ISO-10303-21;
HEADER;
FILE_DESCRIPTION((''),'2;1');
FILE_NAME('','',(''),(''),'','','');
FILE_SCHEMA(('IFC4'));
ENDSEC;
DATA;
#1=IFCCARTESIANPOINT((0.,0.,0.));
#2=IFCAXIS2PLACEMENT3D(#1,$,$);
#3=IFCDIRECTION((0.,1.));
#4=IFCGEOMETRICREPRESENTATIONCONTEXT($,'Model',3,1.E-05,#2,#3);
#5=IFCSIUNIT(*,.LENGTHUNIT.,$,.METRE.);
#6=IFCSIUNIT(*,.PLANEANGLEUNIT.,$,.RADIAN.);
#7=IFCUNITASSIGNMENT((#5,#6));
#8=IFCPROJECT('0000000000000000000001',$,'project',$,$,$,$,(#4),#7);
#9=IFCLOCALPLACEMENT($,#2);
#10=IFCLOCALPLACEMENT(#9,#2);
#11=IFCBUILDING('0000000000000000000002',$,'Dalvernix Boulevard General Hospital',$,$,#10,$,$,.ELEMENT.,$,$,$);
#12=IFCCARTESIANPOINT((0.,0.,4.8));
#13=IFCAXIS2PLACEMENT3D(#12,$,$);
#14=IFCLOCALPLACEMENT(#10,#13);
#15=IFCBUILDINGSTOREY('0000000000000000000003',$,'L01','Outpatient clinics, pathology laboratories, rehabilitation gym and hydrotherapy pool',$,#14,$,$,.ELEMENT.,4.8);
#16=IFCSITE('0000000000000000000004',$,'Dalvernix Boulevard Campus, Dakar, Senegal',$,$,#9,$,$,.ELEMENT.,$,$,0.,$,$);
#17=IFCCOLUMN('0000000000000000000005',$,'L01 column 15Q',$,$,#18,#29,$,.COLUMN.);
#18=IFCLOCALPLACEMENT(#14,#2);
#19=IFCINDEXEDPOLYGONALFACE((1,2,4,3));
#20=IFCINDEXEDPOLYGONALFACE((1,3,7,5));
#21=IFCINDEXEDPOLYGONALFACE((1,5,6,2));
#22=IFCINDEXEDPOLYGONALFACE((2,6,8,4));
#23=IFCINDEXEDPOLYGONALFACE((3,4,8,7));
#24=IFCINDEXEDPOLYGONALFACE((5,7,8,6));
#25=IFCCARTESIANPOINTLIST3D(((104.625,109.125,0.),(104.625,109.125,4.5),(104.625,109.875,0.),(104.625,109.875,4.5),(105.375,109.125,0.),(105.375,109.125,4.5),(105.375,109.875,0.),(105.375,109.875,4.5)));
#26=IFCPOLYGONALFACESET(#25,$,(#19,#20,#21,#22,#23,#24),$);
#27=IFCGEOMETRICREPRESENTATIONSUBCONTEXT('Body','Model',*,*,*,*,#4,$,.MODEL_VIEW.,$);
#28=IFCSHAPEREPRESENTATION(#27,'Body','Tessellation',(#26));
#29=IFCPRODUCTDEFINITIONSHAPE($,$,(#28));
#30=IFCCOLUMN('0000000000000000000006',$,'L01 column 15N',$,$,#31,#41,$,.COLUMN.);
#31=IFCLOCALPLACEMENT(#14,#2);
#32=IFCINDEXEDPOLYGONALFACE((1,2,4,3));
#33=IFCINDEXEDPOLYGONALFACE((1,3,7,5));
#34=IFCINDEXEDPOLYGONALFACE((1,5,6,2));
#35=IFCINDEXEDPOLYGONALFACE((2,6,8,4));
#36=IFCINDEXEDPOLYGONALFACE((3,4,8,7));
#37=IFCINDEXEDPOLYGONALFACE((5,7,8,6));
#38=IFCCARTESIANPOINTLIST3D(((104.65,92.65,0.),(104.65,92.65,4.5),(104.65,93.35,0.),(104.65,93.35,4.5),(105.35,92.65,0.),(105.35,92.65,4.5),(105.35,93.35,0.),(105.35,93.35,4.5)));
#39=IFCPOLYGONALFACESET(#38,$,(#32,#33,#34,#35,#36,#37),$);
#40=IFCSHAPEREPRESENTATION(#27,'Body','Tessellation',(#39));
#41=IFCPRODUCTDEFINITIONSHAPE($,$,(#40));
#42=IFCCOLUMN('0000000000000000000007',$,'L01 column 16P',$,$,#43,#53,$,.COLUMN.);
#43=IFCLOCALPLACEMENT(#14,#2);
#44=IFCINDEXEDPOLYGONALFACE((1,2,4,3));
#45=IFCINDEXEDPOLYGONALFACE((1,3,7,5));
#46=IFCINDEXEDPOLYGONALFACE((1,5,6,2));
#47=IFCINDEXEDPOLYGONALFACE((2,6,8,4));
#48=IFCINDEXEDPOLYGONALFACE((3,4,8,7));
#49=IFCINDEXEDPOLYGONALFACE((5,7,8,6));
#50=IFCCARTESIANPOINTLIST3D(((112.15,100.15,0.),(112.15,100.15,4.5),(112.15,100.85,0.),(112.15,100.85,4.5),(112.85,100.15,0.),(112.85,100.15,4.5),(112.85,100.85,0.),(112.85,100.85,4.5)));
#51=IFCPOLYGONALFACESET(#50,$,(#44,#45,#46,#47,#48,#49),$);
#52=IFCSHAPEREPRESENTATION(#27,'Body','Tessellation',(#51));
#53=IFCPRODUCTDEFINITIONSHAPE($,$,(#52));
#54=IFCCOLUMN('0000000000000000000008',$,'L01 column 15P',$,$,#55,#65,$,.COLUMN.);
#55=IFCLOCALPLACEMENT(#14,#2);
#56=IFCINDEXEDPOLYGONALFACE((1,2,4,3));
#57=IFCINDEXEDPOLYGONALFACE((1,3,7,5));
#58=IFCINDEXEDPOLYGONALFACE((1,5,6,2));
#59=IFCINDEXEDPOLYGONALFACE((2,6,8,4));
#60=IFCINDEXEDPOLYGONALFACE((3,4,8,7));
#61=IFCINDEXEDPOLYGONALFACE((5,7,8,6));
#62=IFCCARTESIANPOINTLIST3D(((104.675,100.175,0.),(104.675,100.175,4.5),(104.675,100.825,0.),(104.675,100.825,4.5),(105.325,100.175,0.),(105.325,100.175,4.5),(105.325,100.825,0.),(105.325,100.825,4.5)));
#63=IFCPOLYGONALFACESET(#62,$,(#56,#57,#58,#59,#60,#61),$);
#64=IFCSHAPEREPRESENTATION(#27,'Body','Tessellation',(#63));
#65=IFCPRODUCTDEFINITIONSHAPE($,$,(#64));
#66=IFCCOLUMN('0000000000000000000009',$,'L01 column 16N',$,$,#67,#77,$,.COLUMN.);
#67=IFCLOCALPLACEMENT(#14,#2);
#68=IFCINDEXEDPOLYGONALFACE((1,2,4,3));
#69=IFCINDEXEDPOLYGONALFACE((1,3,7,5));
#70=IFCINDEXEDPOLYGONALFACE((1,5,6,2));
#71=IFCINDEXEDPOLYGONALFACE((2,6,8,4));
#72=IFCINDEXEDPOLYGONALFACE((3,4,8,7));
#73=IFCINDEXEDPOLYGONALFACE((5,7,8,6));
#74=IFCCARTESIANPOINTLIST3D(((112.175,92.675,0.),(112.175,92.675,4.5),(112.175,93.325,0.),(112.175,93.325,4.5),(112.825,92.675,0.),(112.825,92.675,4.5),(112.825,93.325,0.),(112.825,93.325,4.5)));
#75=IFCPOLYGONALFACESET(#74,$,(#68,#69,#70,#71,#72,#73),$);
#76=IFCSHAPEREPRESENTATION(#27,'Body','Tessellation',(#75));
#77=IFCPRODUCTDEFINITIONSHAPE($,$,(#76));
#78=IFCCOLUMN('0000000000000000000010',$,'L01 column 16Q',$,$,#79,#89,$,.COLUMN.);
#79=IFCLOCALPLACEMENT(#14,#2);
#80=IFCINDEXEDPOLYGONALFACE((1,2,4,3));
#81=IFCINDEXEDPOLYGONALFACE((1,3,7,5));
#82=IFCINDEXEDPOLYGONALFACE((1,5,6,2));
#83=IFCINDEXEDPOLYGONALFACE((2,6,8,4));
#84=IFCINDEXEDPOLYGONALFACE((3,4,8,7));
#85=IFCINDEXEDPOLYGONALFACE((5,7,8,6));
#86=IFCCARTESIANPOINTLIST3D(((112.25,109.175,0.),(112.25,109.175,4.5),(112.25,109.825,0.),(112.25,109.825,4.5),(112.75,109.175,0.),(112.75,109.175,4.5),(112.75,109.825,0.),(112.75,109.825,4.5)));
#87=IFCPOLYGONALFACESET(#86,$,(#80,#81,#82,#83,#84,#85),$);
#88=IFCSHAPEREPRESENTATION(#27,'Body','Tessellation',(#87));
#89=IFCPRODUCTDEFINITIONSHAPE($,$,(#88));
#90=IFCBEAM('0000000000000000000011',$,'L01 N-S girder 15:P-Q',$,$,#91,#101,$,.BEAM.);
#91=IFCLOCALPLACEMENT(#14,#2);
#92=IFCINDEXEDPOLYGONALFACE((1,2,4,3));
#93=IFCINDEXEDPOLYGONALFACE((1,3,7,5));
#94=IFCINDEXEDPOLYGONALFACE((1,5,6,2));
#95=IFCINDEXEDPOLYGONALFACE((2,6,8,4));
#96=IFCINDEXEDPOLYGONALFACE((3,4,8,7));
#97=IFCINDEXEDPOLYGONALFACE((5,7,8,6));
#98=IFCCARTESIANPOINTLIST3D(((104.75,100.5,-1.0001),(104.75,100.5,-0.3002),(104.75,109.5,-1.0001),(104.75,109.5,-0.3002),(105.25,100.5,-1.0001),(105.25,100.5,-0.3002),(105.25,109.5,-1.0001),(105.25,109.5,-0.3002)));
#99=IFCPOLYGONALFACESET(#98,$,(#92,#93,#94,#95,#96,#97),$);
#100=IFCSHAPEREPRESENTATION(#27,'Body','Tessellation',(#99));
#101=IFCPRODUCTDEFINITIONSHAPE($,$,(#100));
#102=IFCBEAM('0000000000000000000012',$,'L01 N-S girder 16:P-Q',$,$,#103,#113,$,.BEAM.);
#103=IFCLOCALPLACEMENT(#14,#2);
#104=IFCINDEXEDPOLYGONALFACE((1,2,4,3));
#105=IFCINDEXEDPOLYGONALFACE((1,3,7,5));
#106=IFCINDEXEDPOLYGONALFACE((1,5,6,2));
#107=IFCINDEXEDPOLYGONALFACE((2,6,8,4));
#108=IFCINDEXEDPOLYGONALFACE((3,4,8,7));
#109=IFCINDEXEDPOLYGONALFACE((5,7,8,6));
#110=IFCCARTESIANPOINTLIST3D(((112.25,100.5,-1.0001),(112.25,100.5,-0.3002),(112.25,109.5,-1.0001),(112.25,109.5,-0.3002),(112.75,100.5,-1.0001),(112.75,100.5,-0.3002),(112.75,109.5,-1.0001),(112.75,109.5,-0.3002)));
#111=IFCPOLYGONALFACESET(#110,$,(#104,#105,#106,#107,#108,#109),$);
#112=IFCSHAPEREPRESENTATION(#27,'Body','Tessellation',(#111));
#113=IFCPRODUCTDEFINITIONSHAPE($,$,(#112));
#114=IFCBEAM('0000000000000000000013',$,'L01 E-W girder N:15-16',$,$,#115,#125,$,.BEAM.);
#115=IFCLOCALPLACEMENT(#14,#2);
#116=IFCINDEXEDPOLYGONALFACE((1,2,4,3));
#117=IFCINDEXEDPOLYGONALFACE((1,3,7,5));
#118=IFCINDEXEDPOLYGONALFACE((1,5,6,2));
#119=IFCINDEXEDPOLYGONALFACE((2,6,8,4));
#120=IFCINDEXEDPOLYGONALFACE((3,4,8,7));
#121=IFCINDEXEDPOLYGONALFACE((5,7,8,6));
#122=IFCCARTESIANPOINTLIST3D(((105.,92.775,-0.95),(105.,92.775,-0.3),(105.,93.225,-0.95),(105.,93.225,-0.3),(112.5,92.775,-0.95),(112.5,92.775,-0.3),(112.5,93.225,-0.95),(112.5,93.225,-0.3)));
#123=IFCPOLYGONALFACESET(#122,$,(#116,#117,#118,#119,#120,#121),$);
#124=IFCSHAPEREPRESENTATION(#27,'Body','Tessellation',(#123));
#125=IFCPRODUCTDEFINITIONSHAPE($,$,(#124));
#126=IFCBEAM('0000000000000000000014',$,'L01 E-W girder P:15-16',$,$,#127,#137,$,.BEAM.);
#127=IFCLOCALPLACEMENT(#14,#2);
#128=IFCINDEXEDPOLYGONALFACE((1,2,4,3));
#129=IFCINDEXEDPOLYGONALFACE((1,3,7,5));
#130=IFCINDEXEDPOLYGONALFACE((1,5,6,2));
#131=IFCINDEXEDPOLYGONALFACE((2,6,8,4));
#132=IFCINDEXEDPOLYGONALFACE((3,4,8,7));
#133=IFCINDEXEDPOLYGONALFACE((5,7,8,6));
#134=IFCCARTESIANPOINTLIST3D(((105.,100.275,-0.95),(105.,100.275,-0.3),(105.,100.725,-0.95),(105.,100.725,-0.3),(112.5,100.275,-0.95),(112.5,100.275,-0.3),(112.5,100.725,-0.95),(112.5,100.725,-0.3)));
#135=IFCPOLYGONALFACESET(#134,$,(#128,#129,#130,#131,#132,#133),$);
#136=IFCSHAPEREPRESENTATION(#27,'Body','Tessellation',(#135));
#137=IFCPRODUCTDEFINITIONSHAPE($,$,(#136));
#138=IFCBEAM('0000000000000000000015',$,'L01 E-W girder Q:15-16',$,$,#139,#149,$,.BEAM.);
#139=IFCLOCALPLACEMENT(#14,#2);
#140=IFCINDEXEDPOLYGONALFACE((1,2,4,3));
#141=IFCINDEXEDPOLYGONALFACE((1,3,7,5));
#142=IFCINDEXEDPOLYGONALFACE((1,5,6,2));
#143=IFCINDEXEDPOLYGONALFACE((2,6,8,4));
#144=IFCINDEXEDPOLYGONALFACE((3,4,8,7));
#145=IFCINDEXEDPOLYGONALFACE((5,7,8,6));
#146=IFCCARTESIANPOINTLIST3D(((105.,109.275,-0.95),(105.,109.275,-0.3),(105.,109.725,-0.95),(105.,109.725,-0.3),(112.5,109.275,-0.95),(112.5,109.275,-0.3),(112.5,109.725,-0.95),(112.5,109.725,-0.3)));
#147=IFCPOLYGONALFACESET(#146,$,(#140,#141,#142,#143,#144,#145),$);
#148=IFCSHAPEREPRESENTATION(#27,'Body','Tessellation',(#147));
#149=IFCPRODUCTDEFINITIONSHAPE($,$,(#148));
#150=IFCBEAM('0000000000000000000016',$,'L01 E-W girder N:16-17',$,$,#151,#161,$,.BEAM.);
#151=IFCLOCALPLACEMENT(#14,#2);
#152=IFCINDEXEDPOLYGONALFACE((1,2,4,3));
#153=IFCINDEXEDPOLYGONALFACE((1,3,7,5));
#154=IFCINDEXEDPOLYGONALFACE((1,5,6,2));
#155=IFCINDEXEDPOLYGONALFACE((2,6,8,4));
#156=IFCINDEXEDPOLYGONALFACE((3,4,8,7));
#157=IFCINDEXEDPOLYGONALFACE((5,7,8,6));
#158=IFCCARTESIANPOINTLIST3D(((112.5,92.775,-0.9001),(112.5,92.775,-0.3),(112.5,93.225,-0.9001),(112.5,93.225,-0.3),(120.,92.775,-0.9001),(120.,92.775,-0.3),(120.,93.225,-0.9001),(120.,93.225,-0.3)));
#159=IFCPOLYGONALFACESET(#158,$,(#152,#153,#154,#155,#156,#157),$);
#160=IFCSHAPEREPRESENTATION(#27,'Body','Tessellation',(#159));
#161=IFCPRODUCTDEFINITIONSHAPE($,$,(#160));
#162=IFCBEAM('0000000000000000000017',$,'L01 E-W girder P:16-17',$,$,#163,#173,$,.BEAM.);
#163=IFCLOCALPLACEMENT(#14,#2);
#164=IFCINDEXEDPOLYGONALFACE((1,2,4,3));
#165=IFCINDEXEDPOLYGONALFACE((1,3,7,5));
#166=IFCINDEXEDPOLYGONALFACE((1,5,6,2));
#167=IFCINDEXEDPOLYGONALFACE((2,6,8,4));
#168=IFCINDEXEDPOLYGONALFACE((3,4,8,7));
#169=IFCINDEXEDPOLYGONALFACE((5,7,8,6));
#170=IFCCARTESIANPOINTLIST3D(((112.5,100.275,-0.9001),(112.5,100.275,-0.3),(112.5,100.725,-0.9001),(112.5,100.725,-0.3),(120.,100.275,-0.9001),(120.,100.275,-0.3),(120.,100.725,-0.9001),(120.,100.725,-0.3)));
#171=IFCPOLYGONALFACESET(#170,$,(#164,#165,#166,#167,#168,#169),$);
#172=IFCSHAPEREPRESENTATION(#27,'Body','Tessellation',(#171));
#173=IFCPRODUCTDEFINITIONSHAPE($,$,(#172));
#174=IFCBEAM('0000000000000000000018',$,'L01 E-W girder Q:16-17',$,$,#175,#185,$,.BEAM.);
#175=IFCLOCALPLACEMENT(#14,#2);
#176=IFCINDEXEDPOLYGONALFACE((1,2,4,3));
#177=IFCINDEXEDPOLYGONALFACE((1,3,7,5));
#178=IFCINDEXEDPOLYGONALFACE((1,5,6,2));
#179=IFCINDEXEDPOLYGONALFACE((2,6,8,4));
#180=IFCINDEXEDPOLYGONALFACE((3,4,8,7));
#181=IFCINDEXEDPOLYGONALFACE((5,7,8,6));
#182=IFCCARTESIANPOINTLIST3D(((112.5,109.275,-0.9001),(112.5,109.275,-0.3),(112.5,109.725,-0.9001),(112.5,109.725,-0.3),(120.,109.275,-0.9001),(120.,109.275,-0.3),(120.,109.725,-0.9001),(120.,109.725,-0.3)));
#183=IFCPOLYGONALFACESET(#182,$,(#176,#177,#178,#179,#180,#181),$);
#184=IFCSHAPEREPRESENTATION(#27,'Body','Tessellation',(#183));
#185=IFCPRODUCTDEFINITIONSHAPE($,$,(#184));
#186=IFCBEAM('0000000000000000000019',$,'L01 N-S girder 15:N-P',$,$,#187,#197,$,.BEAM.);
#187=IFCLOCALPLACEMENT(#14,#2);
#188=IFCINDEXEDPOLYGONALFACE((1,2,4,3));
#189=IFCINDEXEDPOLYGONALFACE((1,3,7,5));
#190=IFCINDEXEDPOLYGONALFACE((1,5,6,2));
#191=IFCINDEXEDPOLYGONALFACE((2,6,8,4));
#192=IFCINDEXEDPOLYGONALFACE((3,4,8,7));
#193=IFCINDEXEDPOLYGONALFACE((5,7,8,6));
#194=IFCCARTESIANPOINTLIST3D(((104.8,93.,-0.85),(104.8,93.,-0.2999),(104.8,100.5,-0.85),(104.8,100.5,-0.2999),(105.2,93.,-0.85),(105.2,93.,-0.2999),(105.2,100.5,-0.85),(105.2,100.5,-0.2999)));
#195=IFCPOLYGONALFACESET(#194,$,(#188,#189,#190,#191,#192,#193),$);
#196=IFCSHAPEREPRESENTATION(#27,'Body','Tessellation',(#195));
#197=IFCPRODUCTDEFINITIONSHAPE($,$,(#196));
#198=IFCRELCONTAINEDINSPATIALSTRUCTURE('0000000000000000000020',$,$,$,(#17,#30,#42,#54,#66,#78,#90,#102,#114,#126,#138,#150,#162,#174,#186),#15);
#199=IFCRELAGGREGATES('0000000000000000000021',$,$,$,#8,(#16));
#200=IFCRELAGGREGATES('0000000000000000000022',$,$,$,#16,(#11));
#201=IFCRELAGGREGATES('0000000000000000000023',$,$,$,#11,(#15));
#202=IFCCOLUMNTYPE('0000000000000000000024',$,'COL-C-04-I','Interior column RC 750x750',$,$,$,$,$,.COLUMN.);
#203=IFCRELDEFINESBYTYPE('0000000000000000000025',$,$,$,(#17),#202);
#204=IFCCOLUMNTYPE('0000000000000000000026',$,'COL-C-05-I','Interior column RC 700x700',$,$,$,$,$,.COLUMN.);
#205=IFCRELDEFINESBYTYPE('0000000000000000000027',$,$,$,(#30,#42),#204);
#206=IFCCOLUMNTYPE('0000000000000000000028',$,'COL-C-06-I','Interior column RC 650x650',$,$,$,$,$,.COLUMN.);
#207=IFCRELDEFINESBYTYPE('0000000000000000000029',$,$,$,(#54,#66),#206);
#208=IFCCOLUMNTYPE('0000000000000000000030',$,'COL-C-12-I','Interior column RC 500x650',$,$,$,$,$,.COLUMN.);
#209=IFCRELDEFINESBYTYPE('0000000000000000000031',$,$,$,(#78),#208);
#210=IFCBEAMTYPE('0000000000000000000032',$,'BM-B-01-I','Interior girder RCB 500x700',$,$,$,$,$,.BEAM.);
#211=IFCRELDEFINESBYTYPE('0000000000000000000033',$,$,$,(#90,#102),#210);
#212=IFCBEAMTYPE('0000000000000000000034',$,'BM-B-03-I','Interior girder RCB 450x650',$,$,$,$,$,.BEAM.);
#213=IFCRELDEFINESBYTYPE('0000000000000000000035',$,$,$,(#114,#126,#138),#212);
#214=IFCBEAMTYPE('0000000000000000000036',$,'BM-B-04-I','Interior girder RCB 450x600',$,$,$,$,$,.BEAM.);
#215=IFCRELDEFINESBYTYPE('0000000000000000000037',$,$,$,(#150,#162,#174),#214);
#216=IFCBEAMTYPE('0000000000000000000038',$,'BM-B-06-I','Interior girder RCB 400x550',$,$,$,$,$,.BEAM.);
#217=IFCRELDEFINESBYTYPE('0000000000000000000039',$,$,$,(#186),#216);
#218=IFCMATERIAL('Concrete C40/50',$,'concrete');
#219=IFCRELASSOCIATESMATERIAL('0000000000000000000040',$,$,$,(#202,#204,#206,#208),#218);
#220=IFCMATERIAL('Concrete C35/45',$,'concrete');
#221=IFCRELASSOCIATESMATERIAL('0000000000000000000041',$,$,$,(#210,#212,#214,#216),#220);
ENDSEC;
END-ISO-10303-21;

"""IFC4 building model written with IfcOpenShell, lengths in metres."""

from ifc_helpers import new_model, si_unit, direction, frame, origin, origin_2d, place, context, subcontext, project, spatial, rectangle, extrude, material, material_profile, profile_set, type_object, element, save


model = new_model("IFC4")

# Units and contexts
model_context = context("Model", 3, precision=1e-05, world=origin(), true_north=direction((0.0, 1.0)))
body_context = subcontext(model_context, "Body", "Model", "MODEL_VIEW")
ifc_project = project(units=[si_unit("LENGTHUNIT", "METRE"), si_unit("PLANEANGLEUNIT", "RADIAN")], contexts=[model_context])

# Site, building, storey
site_placement = place(None, origin())
site = spatial("IfcSite", under=ifc_project, at=site_placement, Name="Dalvernix Boulevard Campus, Dakar, Senegal", CompositionType="ELEMENT", RefElevation=0.0)
building_placement = place(site_placement, origin())
building = spatial("IfcBuilding", under=site, at=building_placement, Name="Dalvernix Boulevard General Hospital", CompositionType="ELEMENT")
storey_placement = place(building_placement, frame((0.0, 0.0, 4.8)))
storey = spatial("IfcBuildingStorey", under=building, at=storey_placement, Name="L01", Description="Outpatient clinics, pathology laboratories, rehabilitation gym and hydrotherapy pool", CompositionType="ELEMENT", Elevation=4.8)

# Columns
ifc_material_1 = material(Name="Concrete C40/50", Category="concrete")
ifc_material_profile_1 = material_profile(ifc_material_1, rectangle(XDim=0.75, YDim=0.75, at=origin_2d()), Name="RC 750x750")
ifc_profile_set_1 = profile_set([ifc_material_profile_1], Name="Concrete C40/50")
column_type_1 = type_object("IfcColumnType", Name="COL-C-04-I", Description="Interior column RC 750x750", PredefinedType="COLUMN", material=ifc_profile_set_1)
column_1_placement = place(storey_placement, frame((105.0, 109.5, 0.0), z_axis=(0.0, 0.0, 1.0), x_axis=(1.0, 0.0, 0.0)))
element("IfcColumn", 1, at=column_1_placement, inside=storey, type_object=column_type_1, Name="L01 column 15Q", PredefinedType="COLUMN", context=body_context, shape_type="SweptSolid", body=[
    extrude(rectangle(XDim=0.75, YDim=0.75, at=origin_2d()), origin(), (0.0, 0.0, 1.0), 4.5),
])
ifc_material_profile_2 = material_profile(ifc_material_1, rectangle(XDim=0.7, YDim=0.7, at=origin_2d()), Name="RC 700x700")
ifc_profile_set_2 = profile_set([ifc_material_profile_2], Name="Concrete C40/50")
column_type_2 = type_object("IfcColumnType", Name="COL-C-05-I", Description="Interior column RC 700x700", PredefinedType="COLUMN", material=ifc_profile_set_2)
for number, where, z_axis, x_axis, name in (
    (2, (105.0, 93.0, 0.0), (0.0, 0.0, 1.0), (1.0, 0.0, 0.0), "L01 column 15N"),
    (3, (112.5, 100.5, 0.0), (0.0, 0.0, 1.0), (1.0, 0.0, 0.0), "L01 column 16P"),
):
    element("IfcColumn", number, at=place(storey_placement, frame(where, z_axis=z_axis, x_axis=x_axis)), inside=storey, type_object=column_type_2, Name=name, PredefinedType="COLUMN", context=body_context, shape_type="SweptSolid", body=[
        extrude(rectangle(XDim=0.7, YDim=0.7, at=origin_2d()), origin(), (0.0, 0.0, 1.0), 4.5),
    ])
ifc_material_profile_3 = material_profile(ifc_material_1, rectangle(XDim=0.6499, YDim=0.6499, at=origin_2d()), Name="RC 650x650")
ifc_profile_set_3 = profile_set([ifc_material_profile_3], Name="Concrete C40/50")
column_type_3 = type_object("IfcColumnType", Name="COL-C-06-I", Description="Interior column RC 650x650", PredefinedType="COLUMN", material=ifc_profile_set_3)
for number, where, z_axis, x_axis, name in (
    (4, (105.0, 100.5, 0.0), (0.0, 0.0, 1.0), (1.0, 0.0, 0.0), "L01 column 15P"),
    (5, (112.5, 93.0, 0.0), (0.0, 0.0, 1.0), (1.0, 0.0, 0.0), "L01 column 16N"),
):
    element("IfcColumn", number, at=place(storey_placement, frame(where, z_axis=z_axis, x_axis=x_axis)), inside=storey, type_object=column_type_3, Name=name, PredefinedType="COLUMN", context=body_context, shape_type="SweptSolid", body=[
        extrude(rectangle(XDim=0.6499, YDim=0.6499, at=origin_2d()), origin(), (0.0, 0.0, 1.0), 4.5),
    ])
ifc_material_profile_4 = material_profile(ifc_material_1, rectangle(XDim=0.5, YDim=0.6499, at=origin_2d()), Name="RC 500x650")
ifc_profile_set_4 = profile_set([ifc_material_profile_4], Name="Concrete C40/50")
column_type_4 = type_object("IfcColumnType", Name="COL-C-12-I", Description="Interior column RC 500x650", PredefinedType="COLUMN", material=ifc_profile_set_4)
column_2_placement = place(storey_placement, frame((112.5, 109.5, 0.0), z_axis=(0.0, 0.0, 1.0), x_axis=(1.0, 0.0, 0.0)))
element("IfcColumn", 6, at=column_2_placement, inside=storey, type_object=column_type_4, Name="L01 column 16Q", PredefinedType="COLUMN", context=body_context, shape_type="SweptSolid", body=[
    extrude(rectangle(XDim=0.5, YDim=0.6499, at=origin_2d()), origin(), (0.0, 0.0, 1.0), 4.5),
])

# Beams
ifc_material_2 = material(Name="Concrete C35/45", Category="concrete")
ifc_material_profile_5 = material_profile(ifc_material_2, rectangle(XDim=0.5, YDim=0.7, at=origin_2d()), Name="RCB 500x700")
ifc_profile_set_5 = profile_set([ifc_material_profile_5], Name="Concrete C35/45")
beam_type_1 = type_object("IfcBeamType", Name="BM-B-01-I", Description="Interior girder RCB 500x700", PredefinedType="BEAM", material=ifc_profile_set_5)
for number, where, z_axis, x_axis, name in (
    (7, (105.0, 100.5, -0.6501), (0.0, 1.0, 0.0), (-1.0, 0.0, 0.0), "L01 N-S girder 15:P-Q"),
    (8, (112.5, 100.5, -0.6501), (0.0, 1.0, 0.0), (-1.0, 0.0, 0.0), "L01 N-S girder 16:P-Q"),
):
    element("IfcBeam", number, at=place(storey_placement, frame(where, z_axis=z_axis, x_axis=x_axis)), inside=storey, type_object=beam_type_1, Name=name, PredefinedType="BEAM", context=body_context, shape_type="SweptSolid", body=[
        extrude(rectangle(XDim=0.5, YDim=0.7, at=origin_2d()), origin(), (0.0, 0.0, 1.0), 9.0),
    ])
ifc_material_profile_6 = material_profile(ifc_material_2, rectangle(XDim=0.45, YDim=0.6499, at=origin_2d()), Name="RCB 450x650")
ifc_profile_set_6 = profile_set([ifc_material_profile_6], Name="Concrete C35/45")
beam_type_2 = type_object("IfcBeamType", Name="BM-B-03-I", Description="Interior girder RCB 450x650", PredefinedType="BEAM", material=ifc_profile_set_6)
for number, where, z_axis, x_axis, name in (
    (9, (105.0, 93.0, -0.625), (1.0, 0.0, 0.0), (0.0, 1.0, 0.0), "L01 E-W girder N:15-16"),
    (10, (105.0, 100.5, -0.625), (1.0, 0.0, 0.0), (0.0, 1.0, 0.0), "L01 E-W girder P:15-16"),
    (11, (105.0, 109.5, -0.625), (1.0, 0.0, 0.0), (0.0, 1.0, 0.0), "L01 E-W girder Q:15-16"),
):
    element("IfcBeam", number, at=place(storey_placement, frame(where, z_axis=z_axis, x_axis=x_axis)), inside=storey, type_object=beam_type_2, Name=name, PredefinedType="BEAM", context=body_context, shape_type="SweptSolid", body=[
        extrude(rectangle(XDim=0.45, YDim=0.6499, at=origin_2d()), origin(), (0.0, 0.0, 1.0), 7.5),
    ])
ifc_material_profile_7 = material_profile(ifc_material_2, rectangle(XDim=0.45, YDim=0.6001, at=origin_2d()), Name="RCB 450x600")
ifc_profile_set_7 = profile_set([ifc_material_profile_7], Name="Concrete C35/45")
beam_type_3 = type_object("IfcBeamType", Name="BM-B-04-I", Description="Interior girder RCB 450x600", PredefinedType="BEAM", material=ifc_profile_set_7)
for number, where, z_axis, x_axis, name in (
    (12, (112.5, 93.0, -0.6001), (1.0, 0.0, 0.0), (0.0, 1.0, 0.0), "L01 E-W girder N:16-17"),
    (13, (112.5, 100.5, -0.6001), (1.0, 0.0, 0.0), (0.0, 1.0, 0.0), "L01 E-W girder P:16-17"),
    (14, (112.5, 109.5, -0.6001), (1.0, 0.0, 0.0), (0.0, 1.0, 0.0), "L01 E-W girder Q:16-17"),
):
    element("IfcBeam", number, at=place(storey_placement, frame(where, z_axis=z_axis, x_axis=x_axis)), inside=storey, type_object=beam_type_3, Name=name, PredefinedType="BEAM", context=body_context, shape_type="SweptSolid", body=[
        extrude(rectangle(XDim=0.45, YDim=0.6001, at=origin_2d()), origin(), (0.0, 0.0, 1.0), 7.5),
    ])
ifc_material_profile_8 = material_profile(ifc_material_2, rectangle(XDim=0.3999, YDim=0.55, at=origin_2d()), Name="RCB 400x550")
ifc_profile_set_8 = profile_set([ifc_material_profile_8], Name="Concrete C35/45")
beam_type_4 = type_object("IfcBeamType", Name="BM-B-06-I", Description="Interior girder RCB 400x550", PredefinedType="BEAM", material=ifc_profile_set_8)
beam_1_placement = place(storey_placement, frame((105.0, 93.0, -0.575), z_axis=(0.0, 1.0, 0.0), x_axis=(-1.0, 0.0, 0.0)))
element("IfcBeam", 15, at=beam_1_placement, inside=storey, type_object=beam_type_4, Name="L01 N-S girder 15:N-P", PredefinedType="BEAM", context=body_context, shape_type="SweptSolid", body=[
    extrude(rectangle(XDim=0.3999, YDim=0.55, at=origin_2d()), origin(), (0.0, 0.0, 1.0), 7.5),
])

save(model, "model.ifc")
